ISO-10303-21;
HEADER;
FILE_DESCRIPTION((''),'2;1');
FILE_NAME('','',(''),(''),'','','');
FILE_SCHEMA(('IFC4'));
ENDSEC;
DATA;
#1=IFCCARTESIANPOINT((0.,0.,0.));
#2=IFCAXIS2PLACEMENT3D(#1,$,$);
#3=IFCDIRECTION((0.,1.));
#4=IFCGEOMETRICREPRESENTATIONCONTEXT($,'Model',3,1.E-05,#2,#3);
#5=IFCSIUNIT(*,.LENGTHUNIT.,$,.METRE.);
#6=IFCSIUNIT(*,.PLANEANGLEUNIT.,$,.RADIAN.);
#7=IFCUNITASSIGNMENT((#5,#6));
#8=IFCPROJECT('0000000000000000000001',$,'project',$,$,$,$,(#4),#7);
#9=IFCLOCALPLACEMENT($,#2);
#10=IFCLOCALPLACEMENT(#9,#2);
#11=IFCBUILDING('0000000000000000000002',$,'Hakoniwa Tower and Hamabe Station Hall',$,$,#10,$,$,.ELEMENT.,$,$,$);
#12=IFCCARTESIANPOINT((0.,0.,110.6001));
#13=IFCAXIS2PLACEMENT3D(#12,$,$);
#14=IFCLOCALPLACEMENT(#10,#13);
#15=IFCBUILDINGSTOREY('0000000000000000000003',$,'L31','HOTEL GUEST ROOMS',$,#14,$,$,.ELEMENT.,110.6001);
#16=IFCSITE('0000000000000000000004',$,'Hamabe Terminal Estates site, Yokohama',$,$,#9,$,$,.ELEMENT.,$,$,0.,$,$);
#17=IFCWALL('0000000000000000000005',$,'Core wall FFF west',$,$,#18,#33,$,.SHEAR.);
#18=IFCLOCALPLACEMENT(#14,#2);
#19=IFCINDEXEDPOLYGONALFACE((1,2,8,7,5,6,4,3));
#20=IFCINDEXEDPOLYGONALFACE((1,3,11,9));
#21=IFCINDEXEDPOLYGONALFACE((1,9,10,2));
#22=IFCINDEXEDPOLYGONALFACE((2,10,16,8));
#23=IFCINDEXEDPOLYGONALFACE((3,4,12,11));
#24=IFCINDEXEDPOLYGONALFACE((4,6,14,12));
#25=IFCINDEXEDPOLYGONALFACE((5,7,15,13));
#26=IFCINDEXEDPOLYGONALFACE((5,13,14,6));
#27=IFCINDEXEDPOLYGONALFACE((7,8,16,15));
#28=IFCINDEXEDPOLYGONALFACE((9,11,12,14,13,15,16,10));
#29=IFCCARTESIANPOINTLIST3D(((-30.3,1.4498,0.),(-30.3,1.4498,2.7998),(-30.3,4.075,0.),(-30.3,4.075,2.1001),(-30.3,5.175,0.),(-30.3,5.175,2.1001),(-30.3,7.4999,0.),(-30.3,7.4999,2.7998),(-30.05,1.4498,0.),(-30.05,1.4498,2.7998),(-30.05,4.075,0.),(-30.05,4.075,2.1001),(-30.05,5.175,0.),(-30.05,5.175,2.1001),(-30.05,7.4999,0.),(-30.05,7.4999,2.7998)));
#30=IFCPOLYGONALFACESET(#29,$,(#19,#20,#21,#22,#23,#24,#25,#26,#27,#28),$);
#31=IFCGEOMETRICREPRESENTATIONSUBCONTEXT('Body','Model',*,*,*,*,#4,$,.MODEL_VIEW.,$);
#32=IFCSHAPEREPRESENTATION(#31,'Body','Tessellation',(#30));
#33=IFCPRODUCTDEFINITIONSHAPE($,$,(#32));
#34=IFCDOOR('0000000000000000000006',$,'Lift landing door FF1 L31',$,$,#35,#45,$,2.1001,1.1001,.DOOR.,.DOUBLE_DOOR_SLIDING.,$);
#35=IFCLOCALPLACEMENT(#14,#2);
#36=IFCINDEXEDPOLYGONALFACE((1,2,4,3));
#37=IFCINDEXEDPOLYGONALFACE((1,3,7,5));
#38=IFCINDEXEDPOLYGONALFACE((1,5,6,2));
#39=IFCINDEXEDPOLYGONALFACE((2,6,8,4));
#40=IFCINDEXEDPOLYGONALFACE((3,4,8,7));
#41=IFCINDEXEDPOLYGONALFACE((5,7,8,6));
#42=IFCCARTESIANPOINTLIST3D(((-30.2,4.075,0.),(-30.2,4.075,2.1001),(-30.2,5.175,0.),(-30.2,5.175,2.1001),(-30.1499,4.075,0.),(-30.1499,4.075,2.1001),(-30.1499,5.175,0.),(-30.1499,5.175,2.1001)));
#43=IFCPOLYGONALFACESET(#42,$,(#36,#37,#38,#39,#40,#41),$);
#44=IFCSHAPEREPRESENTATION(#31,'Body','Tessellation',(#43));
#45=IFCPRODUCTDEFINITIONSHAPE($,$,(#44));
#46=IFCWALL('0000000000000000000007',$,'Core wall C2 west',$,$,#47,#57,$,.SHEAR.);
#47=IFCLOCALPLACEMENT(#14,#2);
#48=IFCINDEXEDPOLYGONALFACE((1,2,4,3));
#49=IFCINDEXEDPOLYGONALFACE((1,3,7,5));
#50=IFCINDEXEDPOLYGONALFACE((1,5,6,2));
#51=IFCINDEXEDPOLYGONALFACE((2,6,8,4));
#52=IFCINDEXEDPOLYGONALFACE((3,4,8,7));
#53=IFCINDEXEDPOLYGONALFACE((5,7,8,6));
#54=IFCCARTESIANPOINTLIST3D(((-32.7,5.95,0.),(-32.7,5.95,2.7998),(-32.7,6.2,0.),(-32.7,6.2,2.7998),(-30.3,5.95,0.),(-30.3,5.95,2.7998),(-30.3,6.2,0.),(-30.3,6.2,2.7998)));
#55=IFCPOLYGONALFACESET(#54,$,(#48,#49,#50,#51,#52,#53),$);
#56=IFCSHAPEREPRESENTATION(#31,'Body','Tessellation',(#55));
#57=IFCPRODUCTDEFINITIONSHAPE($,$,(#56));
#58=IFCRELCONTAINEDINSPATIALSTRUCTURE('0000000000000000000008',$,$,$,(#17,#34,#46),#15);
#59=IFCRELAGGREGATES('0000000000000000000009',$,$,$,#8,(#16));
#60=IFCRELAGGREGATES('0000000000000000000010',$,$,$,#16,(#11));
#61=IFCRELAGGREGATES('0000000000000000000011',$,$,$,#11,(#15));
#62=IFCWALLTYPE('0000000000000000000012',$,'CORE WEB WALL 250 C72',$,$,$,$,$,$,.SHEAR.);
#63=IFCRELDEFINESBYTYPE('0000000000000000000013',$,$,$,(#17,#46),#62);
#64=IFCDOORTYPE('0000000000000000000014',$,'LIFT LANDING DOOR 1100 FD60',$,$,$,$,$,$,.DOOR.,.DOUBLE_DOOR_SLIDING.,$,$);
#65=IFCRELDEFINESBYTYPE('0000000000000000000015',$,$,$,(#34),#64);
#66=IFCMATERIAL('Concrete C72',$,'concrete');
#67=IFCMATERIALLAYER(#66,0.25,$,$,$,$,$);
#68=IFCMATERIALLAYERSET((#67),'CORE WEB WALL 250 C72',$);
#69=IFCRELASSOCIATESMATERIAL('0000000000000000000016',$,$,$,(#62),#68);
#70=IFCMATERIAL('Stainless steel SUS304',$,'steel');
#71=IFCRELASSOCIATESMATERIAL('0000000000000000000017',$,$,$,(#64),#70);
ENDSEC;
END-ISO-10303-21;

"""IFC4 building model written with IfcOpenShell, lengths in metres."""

from ifc_helpers import new_model, si_unit, direction, frame, frame_2d, origin, place, context, subcontext, project, spatial, rectangle, extrude, material, layer, layer_set, type_object, element, fill, save


model = new_model("IFC4")

# Units and contexts
model_context = context("Model", 3, precision=1e-05, world=origin(), true_north=direction((0.0, 1.0)))
body_context = subcontext(model_context, "Body", "Model", "MODEL_VIEW")
ifc_project = project(units=[si_unit("LENGTHUNIT", "METRE"), si_unit("PLANEANGLEUNIT", "RADIAN")], contexts=[model_context])

# Site, building, storey
site_placement = place(None, origin())
site = spatial("IfcSite", under=ifc_project, at=site_placement, Name="Hamabe Terminal Estates site, Yokohama", CompositionType="ELEMENT", RefElevation=0.0)
building_placement = place(site_placement, origin())
building = spatial("IfcBuilding", under=site, at=building_placement, Name="Hakoniwa Tower and Hamabe Station Hall", CompositionType="ELEMENT")
storey_placement = place(building_placement, frame((0.0, 0.0, 110.6001)))
storey = spatial("IfcBuildingStorey", under=building, at=storey_placement, Name="L31", Description="HOTEL GUEST ROOMS", CompositionType="ELEMENT", Elevation=110.6001)

# Shared definitions
ifc_material_1 = material(Name="Concrete C72", Category="concrete")
ifc_layer_1 = layer(ifc_material_1, 0.25)
ifc_layer_set_1 = layer_set([ifc_layer_1], Name="CORE WEB WALL 250 C72")
wall_type_1 = type_object("IfcWallType", Name="CORE WEB WALL 250 C72", PredefinedType="SHEAR", material=ifc_layer_set_1)

# Wall, opening, door
wall_1_placement = place(storey_placement, frame((-30.175, 1.45, 0.0), z_axis=(0.0, 0.0, 1.0), x_axis=(0.0, 1.0, 0.0)))
wall_1 = element("IfcWall", 1, at=wall_1_placement, inside=storey, type_object=wall_type_1, Name="Core wall FFF west", PredefinedType="SHEAR", context=body_context, shape_type="SweptSolid", body=[
    extrude(rectangle(XDim=6.05, YDim=0.25, at=frame_2d((3.0249, 0.0))), origin(), (0.0, 0.0, 1.0), 2.7998),
])
opening_1_placement = place(wall_1_placement, frame((2.625, 0.0, 0.0)))
opening_1 = element("IfcOpeningElement", 2, at=opening_1_placement, cuts=wall_1, PredefinedType="OPENING", context=body_context, shape_type="SweptSolid", body=[
    extrude(rectangle(XDim=1.1001, YDim=2.1001, at=frame_2d((0.55, 1.05))), frame((0.0, 0.135, 0.0), z_axis=(0.0, -1.0, 0.0), x_axis=(1.0, 0.0, 0.0)), (0.0, 0.0, 1.0), 0.27),
])
ifc_material_2 = material(Name="Stainless steel SUS304", Category="steel")
door_type_1 = type_object("IfcDoorType", Name="LIFT LANDING DOOR 1100 FD60", OperationType="DOUBLE_DOOR_SLIDING", PredefinedType="DOOR", material=ifc_material_2)
door_1_placement = place(opening_1_placement, origin())
door_1 = element("IfcDoor", 3, at=door_1_placement, inside=storey, type_object=door_type_1, Name="Lift landing door FF1 L31", OperationType="DOUBLE_DOOR_SLIDING", OverallHeight=2.1001, OverallWidth=1.1001, PredefinedType="DOOR", context=body_context, shape_type="SweptSolid", body=[
    extrude(rectangle(XDim=1.1001, YDim=2.1001, at=frame_2d((0.55, 1.05))), frame((0.0, 0.0249, 0.0), z_axis=(0.0, -1.0, 0.0), x_axis=(1.0, 0.0, 0.0)), (0.0, 0.0, 1.0), 0.05),
])
fill(opening_1, door_1)

# Wall
wall_2_placement = place(storey_placement, frame((-32.7, 6.075, 0.0), z_axis=(0.0, 0.0, 1.0), x_axis=(1.0, 0.0, 0.0)))
element("IfcWall", 4, at=wall_2_placement, inside=storey, type_object=wall_type_1, Name="Core wall C2 west", PredefinedType="SHEAR", context=body_context, shape_type="SweptSolid", body=[
    extrude(rectangle(XDim=2.3999, YDim=0.25, at=frame_2d((1.2, 0.0))), origin(), (0.0, 0.0, 1.0), 2.7998),
])

save(model, "model.ifc")
